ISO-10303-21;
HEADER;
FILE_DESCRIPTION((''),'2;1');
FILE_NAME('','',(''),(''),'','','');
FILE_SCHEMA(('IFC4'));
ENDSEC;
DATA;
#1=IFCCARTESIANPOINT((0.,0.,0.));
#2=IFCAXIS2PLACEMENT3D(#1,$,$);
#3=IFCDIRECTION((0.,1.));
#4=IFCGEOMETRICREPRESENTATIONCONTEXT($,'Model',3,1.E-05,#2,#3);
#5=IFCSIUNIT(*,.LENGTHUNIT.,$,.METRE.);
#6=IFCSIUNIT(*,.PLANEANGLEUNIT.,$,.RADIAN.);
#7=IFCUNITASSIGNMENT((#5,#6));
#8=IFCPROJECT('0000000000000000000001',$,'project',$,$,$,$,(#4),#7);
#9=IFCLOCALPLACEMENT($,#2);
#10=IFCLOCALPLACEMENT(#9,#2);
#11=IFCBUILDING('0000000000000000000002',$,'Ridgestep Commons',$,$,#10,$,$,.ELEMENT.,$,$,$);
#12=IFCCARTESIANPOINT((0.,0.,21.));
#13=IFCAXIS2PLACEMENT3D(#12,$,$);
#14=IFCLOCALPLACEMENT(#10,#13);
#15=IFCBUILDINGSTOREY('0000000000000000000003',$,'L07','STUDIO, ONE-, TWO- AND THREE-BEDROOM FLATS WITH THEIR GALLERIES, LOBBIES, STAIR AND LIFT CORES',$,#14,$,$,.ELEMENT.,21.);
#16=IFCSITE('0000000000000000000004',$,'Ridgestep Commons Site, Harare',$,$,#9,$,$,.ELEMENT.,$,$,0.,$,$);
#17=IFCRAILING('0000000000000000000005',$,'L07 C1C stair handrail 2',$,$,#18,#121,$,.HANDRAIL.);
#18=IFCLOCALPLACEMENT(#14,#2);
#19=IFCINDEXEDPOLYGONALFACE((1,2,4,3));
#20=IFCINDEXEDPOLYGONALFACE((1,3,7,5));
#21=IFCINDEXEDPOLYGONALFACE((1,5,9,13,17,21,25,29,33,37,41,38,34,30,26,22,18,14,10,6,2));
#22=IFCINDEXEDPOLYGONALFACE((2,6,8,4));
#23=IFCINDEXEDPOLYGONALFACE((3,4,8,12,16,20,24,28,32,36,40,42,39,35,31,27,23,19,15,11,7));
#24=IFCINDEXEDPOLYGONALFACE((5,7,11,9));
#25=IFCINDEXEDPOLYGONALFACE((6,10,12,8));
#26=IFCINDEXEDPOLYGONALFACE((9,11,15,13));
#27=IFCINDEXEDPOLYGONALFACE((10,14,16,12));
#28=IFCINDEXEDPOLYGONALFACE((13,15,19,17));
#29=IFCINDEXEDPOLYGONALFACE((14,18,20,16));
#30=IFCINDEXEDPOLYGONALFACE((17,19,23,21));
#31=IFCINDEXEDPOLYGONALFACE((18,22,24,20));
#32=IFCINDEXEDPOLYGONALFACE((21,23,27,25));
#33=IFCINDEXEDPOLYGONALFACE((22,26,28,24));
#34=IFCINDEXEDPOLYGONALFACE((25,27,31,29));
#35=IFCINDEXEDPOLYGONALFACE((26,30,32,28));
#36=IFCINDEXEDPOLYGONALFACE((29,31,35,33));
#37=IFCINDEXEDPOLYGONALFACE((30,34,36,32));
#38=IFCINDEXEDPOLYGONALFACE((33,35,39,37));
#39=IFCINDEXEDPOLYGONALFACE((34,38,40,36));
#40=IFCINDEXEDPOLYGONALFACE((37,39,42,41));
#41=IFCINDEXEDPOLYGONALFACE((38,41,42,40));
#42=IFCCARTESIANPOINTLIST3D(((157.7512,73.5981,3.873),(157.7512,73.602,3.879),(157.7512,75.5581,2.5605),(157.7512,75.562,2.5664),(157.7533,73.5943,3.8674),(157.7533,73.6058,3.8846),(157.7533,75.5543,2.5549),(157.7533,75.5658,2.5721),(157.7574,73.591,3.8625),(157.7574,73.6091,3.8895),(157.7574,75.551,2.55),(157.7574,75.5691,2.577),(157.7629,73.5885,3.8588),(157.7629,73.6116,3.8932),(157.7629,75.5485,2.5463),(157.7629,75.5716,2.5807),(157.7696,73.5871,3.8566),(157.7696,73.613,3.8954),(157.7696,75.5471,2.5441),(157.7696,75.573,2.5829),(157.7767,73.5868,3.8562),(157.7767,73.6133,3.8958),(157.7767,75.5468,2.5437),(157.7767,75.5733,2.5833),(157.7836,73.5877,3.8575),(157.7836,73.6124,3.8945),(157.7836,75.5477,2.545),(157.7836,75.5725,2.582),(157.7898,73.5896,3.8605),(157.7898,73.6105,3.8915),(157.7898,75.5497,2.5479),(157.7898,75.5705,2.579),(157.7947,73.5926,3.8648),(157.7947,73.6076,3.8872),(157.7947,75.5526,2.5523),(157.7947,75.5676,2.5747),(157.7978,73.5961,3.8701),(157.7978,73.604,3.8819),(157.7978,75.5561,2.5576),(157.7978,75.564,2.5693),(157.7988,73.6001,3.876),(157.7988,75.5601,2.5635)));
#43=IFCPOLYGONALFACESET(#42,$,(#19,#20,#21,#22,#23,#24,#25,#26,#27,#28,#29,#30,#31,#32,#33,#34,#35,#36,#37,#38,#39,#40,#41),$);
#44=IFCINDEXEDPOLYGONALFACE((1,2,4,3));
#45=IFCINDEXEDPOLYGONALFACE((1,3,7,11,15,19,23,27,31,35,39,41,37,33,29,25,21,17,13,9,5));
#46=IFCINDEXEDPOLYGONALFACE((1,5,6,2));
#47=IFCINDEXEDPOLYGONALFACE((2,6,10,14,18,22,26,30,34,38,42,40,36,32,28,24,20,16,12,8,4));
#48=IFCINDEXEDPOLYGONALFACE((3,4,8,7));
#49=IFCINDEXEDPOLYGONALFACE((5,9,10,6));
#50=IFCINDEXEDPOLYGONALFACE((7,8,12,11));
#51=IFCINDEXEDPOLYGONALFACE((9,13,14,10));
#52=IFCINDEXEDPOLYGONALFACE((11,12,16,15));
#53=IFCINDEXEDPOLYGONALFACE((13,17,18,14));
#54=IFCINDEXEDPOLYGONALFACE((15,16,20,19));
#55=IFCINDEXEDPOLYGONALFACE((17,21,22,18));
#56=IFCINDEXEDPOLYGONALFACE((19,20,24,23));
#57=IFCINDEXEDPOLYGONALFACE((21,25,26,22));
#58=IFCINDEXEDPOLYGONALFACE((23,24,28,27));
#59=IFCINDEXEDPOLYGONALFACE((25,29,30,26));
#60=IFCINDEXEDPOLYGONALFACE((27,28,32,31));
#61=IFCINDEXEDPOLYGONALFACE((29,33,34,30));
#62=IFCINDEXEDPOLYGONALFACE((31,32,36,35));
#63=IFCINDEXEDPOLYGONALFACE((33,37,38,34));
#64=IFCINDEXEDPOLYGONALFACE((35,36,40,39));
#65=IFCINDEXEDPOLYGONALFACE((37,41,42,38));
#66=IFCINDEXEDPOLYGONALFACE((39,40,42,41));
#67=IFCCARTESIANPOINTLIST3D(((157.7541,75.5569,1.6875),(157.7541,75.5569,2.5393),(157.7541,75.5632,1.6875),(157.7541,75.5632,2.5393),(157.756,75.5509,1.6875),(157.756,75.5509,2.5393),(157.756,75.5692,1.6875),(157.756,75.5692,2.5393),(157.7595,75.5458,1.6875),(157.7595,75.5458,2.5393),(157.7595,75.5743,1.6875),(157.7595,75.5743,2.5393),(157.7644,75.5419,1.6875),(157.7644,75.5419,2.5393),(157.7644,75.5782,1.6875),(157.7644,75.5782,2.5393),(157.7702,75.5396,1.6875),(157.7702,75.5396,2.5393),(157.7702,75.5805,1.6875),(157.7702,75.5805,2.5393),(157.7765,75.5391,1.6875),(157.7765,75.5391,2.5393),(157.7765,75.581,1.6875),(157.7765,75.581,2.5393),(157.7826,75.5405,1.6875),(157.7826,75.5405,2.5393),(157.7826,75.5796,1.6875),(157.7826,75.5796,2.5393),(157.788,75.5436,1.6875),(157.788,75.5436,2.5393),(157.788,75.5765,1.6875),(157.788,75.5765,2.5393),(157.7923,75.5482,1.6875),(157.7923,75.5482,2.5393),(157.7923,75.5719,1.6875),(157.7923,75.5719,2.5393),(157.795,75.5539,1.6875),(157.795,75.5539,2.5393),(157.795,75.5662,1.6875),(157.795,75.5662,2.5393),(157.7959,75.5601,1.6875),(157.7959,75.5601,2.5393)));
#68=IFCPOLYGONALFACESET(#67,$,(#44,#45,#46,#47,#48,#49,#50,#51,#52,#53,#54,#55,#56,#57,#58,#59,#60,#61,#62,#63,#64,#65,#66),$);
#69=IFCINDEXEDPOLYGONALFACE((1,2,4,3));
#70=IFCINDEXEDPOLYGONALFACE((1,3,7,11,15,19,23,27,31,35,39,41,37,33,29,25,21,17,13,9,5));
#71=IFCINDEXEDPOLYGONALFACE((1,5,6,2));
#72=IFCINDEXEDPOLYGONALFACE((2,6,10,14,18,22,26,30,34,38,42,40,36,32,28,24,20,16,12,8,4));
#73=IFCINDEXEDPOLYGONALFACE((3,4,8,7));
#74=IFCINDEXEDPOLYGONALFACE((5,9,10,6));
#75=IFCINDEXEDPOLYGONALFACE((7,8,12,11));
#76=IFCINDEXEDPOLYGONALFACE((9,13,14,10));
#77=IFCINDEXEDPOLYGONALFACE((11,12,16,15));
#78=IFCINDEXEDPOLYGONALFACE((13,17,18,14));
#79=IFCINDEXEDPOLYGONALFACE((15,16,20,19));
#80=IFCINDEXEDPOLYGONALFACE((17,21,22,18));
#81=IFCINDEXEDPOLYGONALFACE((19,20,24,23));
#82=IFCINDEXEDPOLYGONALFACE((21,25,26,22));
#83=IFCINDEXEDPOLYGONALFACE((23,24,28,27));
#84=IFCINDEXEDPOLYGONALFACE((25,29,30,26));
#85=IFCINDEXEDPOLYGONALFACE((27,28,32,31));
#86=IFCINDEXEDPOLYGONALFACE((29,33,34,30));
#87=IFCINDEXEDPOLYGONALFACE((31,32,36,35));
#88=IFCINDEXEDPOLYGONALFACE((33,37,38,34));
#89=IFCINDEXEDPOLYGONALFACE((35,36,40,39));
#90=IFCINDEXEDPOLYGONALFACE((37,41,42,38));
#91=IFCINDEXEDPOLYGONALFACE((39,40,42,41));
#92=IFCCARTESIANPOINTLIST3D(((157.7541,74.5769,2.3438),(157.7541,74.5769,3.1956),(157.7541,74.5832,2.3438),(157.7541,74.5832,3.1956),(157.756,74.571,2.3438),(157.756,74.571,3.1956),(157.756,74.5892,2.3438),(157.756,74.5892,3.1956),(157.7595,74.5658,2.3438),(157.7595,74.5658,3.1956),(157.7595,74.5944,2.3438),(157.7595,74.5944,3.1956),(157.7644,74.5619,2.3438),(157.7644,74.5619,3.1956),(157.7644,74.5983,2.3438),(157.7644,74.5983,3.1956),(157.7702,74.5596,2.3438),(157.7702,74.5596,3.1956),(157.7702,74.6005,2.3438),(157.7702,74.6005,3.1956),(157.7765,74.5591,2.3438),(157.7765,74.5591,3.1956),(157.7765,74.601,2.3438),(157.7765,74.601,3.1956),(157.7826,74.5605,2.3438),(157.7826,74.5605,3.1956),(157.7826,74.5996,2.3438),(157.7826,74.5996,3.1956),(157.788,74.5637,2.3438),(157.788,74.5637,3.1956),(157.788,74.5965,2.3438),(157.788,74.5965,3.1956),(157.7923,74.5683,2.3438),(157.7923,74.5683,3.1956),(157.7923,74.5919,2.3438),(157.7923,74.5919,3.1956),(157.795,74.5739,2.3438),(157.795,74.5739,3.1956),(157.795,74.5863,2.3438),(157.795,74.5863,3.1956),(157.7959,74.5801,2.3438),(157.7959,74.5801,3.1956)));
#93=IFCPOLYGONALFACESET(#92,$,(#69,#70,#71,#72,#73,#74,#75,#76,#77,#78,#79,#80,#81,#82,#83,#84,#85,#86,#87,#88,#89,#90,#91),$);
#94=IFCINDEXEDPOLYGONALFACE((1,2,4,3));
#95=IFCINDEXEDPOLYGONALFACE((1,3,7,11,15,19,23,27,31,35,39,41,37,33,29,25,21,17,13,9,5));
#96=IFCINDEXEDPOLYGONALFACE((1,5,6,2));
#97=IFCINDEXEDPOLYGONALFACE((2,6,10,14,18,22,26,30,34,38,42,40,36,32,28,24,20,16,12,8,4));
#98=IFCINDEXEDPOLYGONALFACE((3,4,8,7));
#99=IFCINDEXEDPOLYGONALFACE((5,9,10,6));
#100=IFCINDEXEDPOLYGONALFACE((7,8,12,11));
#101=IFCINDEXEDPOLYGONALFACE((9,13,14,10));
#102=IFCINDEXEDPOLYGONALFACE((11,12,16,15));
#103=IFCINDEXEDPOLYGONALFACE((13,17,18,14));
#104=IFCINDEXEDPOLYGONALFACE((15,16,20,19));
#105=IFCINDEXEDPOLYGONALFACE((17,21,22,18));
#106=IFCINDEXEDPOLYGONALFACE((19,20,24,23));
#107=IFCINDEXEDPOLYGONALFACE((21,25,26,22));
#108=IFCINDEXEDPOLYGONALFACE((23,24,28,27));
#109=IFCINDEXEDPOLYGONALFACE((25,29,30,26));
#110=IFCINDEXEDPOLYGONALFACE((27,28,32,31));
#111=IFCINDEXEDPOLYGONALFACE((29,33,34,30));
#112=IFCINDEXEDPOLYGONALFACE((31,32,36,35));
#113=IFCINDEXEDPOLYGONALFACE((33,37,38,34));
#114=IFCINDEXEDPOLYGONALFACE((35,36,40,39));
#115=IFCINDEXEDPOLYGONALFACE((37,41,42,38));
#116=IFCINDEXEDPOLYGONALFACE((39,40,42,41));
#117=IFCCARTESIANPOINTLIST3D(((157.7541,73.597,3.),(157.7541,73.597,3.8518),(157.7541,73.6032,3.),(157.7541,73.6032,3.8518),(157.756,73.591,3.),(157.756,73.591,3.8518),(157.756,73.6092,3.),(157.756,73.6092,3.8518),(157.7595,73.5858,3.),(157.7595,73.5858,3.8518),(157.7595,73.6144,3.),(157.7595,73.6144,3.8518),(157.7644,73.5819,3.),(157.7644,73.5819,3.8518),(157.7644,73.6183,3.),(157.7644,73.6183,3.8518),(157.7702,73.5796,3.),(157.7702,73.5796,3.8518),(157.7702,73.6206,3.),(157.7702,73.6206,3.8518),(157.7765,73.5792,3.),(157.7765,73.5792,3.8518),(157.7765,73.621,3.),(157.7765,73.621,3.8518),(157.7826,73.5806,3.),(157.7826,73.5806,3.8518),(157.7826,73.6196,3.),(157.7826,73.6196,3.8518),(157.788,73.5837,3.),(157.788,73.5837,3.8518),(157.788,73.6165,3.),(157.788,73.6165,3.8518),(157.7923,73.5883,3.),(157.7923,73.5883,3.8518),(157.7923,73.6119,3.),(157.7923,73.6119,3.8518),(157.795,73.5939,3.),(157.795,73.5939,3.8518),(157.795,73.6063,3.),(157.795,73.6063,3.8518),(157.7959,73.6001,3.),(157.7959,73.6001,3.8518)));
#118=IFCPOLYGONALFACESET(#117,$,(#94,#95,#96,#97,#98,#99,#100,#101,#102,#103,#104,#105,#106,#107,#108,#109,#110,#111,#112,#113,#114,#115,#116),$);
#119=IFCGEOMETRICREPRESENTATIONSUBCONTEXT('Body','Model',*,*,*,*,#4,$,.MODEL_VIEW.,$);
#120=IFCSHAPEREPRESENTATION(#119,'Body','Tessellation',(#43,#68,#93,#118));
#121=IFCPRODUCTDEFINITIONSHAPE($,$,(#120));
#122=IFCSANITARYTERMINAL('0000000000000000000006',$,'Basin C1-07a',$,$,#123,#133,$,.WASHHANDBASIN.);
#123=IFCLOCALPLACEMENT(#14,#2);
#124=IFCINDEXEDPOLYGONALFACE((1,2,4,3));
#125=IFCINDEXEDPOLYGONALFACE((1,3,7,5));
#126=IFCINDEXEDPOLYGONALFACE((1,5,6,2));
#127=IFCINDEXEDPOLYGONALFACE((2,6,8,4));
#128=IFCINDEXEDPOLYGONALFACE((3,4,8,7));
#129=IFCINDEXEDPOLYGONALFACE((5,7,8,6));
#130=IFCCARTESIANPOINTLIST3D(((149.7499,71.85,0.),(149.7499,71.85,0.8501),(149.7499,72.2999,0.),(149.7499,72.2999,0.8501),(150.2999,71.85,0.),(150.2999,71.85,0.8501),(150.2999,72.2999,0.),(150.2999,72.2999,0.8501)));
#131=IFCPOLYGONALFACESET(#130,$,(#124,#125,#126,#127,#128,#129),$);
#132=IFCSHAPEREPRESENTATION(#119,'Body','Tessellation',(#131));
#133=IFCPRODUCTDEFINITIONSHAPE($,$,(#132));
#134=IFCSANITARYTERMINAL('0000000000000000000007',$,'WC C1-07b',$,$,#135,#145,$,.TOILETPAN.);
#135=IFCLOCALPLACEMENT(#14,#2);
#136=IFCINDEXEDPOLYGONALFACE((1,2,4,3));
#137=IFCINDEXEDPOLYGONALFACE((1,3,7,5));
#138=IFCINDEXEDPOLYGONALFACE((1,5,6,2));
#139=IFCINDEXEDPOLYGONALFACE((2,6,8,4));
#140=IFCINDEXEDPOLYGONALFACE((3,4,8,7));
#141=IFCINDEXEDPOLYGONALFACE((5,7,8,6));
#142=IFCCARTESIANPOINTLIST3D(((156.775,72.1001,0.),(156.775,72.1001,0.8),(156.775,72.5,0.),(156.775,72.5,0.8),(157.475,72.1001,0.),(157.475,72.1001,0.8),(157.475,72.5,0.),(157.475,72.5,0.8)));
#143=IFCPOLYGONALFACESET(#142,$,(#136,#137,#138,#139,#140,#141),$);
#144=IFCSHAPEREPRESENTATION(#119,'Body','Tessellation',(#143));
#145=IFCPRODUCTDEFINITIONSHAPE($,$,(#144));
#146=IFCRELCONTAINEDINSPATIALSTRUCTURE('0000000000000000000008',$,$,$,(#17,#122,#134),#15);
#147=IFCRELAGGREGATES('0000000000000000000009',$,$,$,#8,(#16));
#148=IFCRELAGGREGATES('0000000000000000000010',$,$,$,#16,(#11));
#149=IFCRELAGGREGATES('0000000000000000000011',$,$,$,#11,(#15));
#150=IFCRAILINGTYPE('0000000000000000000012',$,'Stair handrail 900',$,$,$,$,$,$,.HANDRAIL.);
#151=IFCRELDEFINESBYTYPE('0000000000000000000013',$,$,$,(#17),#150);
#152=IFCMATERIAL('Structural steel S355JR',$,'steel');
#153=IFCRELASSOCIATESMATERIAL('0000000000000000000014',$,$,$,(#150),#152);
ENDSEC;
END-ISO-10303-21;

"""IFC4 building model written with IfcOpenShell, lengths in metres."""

from ifc_helpers import new_model, si_unit, direction, frame, origin, origin_2d, place, context, subcontext, project, spatial, rectangle, circle, extrude, material, type_object, element, save


model = new_model("IFC4")

# Units and contexts
model_context = context("Model", 3, precision=1e-05, world=origin(), true_north=direction((0.0, 1.0)))
body_context = subcontext(model_context, "Body", "Model", "MODEL_VIEW")
ifc_project = project(units=[si_unit("LENGTHUNIT", "METRE"), si_unit("PLANEANGLEUNIT", "RADIAN")], contexts=[model_context])

# Site, building, storey
site_placement = place(None, origin())
site = spatial("IfcSite", under=ifc_project, at=site_placement, Name="Ridgestep Commons Site, Harare", CompositionType="ELEMENT", RefElevation=0.0)
building_placement = place(site_placement, origin())
building = spatial("IfcBuilding", under=site, at=building_placement, Name="Ridgestep Commons", CompositionType="ELEMENT")
storey_placement = place(building_placement, frame((0.0, 0.0, 21.0)))
storey = spatial("IfcBuildingStorey", under=building, at=storey_placement, Name="L07", Description="STUDIO, ONE-, TWO- AND THREE-BEDROOM FLATS WITH THEIR GALLERIES, LOBBIES, STAIR AND LIFT CORES", CompositionType="ELEMENT", Elevation=21.0)

# Railing
ifc_material_1 = material(Name="Structural steel S355JR", Category="steel")
railing_type_1 = type_object("IfcRailingType", Name="Stair handrail 900", PredefinedType="HANDRAIL", material=ifc_material_1)
railing_1_placement = place(storey_placement, frame((157.7749, 75.5601, 1.6875)))
element("IfcRailing", 1, at=railing_1_placement, inside=storey, type_object=railing_type_1, Name="L07 C1C stair handrail 2", PredefinedType="HANDRAIL", context=body_context, shape_type="SweptSolid", body=[
    extrude(circle(Radius=0.0239, at=origin_2d()), frame((0.0, 0.0, 0.876), z_axis=(0.0, -0.830902, 0.556419), x_axis=(1.0, 0.0, 0.0)), (0.0, 0.0, 1.0), 2.3589),
    extrude(circle(Radius=0.021, at=origin_2d()), origin(), (0.0, 0.0, 1.0), 0.8518),
    extrude(circle(Radius=0.021, at=origin_2d()), frame((0.0, -0.98, 0.6562)), (0.0, 0.0, 1.0), 0.8518),
    extrude(circle(Radius=0.021, at=origin_2d()), frame((0.0, -1.96, 1.3125)), (0.0, 0.0, 1.0), 0.8518),
])

# Sanitary terminals
sanitary_terminal_1_placement = place(storey_placement, frame((150.0249, 72.075, 0.0), z_axis=(0.0, 0.0, 1.0), x_axis=(1.0, 0.0, 0.0)))
element("IfcSanitaryTerminal", 2, at=sanitary_terminal_1_placement, inside=storey, Name="Basin C1-07a", PredefinedType="WASHHANDBASIN", context=body_context, shape_type="SweptSolid", body=[
    extrude(rectangle(XDim=0.55, YDim=0.45, at=origin_2d()), origin(), (0.0, 0.0, 1.0), 0.8501),
])
sanitary_terminal_2_placement = place(storey_placement, frame((157.125, 72.3, 0.0), z_axis=(0.0, 0.0, 1.0), x_axis=(1.0, 0.0, 0.0)))
element("IfcSanitaryTerminal", 3, at=sanitary_terminal_2_placement, inside=storey, Name="WC C1-07b", PredefinedType="TOILETPAN", context=body_context, shape_type="SweptSolid", body=[
    extrude(rectangle(XDim=0.7, YDim=0.3999, at=origin_2d()), origin(), (0.0, 0.0, 1.0), 0.8),
])

save(model, "model.ifc")
